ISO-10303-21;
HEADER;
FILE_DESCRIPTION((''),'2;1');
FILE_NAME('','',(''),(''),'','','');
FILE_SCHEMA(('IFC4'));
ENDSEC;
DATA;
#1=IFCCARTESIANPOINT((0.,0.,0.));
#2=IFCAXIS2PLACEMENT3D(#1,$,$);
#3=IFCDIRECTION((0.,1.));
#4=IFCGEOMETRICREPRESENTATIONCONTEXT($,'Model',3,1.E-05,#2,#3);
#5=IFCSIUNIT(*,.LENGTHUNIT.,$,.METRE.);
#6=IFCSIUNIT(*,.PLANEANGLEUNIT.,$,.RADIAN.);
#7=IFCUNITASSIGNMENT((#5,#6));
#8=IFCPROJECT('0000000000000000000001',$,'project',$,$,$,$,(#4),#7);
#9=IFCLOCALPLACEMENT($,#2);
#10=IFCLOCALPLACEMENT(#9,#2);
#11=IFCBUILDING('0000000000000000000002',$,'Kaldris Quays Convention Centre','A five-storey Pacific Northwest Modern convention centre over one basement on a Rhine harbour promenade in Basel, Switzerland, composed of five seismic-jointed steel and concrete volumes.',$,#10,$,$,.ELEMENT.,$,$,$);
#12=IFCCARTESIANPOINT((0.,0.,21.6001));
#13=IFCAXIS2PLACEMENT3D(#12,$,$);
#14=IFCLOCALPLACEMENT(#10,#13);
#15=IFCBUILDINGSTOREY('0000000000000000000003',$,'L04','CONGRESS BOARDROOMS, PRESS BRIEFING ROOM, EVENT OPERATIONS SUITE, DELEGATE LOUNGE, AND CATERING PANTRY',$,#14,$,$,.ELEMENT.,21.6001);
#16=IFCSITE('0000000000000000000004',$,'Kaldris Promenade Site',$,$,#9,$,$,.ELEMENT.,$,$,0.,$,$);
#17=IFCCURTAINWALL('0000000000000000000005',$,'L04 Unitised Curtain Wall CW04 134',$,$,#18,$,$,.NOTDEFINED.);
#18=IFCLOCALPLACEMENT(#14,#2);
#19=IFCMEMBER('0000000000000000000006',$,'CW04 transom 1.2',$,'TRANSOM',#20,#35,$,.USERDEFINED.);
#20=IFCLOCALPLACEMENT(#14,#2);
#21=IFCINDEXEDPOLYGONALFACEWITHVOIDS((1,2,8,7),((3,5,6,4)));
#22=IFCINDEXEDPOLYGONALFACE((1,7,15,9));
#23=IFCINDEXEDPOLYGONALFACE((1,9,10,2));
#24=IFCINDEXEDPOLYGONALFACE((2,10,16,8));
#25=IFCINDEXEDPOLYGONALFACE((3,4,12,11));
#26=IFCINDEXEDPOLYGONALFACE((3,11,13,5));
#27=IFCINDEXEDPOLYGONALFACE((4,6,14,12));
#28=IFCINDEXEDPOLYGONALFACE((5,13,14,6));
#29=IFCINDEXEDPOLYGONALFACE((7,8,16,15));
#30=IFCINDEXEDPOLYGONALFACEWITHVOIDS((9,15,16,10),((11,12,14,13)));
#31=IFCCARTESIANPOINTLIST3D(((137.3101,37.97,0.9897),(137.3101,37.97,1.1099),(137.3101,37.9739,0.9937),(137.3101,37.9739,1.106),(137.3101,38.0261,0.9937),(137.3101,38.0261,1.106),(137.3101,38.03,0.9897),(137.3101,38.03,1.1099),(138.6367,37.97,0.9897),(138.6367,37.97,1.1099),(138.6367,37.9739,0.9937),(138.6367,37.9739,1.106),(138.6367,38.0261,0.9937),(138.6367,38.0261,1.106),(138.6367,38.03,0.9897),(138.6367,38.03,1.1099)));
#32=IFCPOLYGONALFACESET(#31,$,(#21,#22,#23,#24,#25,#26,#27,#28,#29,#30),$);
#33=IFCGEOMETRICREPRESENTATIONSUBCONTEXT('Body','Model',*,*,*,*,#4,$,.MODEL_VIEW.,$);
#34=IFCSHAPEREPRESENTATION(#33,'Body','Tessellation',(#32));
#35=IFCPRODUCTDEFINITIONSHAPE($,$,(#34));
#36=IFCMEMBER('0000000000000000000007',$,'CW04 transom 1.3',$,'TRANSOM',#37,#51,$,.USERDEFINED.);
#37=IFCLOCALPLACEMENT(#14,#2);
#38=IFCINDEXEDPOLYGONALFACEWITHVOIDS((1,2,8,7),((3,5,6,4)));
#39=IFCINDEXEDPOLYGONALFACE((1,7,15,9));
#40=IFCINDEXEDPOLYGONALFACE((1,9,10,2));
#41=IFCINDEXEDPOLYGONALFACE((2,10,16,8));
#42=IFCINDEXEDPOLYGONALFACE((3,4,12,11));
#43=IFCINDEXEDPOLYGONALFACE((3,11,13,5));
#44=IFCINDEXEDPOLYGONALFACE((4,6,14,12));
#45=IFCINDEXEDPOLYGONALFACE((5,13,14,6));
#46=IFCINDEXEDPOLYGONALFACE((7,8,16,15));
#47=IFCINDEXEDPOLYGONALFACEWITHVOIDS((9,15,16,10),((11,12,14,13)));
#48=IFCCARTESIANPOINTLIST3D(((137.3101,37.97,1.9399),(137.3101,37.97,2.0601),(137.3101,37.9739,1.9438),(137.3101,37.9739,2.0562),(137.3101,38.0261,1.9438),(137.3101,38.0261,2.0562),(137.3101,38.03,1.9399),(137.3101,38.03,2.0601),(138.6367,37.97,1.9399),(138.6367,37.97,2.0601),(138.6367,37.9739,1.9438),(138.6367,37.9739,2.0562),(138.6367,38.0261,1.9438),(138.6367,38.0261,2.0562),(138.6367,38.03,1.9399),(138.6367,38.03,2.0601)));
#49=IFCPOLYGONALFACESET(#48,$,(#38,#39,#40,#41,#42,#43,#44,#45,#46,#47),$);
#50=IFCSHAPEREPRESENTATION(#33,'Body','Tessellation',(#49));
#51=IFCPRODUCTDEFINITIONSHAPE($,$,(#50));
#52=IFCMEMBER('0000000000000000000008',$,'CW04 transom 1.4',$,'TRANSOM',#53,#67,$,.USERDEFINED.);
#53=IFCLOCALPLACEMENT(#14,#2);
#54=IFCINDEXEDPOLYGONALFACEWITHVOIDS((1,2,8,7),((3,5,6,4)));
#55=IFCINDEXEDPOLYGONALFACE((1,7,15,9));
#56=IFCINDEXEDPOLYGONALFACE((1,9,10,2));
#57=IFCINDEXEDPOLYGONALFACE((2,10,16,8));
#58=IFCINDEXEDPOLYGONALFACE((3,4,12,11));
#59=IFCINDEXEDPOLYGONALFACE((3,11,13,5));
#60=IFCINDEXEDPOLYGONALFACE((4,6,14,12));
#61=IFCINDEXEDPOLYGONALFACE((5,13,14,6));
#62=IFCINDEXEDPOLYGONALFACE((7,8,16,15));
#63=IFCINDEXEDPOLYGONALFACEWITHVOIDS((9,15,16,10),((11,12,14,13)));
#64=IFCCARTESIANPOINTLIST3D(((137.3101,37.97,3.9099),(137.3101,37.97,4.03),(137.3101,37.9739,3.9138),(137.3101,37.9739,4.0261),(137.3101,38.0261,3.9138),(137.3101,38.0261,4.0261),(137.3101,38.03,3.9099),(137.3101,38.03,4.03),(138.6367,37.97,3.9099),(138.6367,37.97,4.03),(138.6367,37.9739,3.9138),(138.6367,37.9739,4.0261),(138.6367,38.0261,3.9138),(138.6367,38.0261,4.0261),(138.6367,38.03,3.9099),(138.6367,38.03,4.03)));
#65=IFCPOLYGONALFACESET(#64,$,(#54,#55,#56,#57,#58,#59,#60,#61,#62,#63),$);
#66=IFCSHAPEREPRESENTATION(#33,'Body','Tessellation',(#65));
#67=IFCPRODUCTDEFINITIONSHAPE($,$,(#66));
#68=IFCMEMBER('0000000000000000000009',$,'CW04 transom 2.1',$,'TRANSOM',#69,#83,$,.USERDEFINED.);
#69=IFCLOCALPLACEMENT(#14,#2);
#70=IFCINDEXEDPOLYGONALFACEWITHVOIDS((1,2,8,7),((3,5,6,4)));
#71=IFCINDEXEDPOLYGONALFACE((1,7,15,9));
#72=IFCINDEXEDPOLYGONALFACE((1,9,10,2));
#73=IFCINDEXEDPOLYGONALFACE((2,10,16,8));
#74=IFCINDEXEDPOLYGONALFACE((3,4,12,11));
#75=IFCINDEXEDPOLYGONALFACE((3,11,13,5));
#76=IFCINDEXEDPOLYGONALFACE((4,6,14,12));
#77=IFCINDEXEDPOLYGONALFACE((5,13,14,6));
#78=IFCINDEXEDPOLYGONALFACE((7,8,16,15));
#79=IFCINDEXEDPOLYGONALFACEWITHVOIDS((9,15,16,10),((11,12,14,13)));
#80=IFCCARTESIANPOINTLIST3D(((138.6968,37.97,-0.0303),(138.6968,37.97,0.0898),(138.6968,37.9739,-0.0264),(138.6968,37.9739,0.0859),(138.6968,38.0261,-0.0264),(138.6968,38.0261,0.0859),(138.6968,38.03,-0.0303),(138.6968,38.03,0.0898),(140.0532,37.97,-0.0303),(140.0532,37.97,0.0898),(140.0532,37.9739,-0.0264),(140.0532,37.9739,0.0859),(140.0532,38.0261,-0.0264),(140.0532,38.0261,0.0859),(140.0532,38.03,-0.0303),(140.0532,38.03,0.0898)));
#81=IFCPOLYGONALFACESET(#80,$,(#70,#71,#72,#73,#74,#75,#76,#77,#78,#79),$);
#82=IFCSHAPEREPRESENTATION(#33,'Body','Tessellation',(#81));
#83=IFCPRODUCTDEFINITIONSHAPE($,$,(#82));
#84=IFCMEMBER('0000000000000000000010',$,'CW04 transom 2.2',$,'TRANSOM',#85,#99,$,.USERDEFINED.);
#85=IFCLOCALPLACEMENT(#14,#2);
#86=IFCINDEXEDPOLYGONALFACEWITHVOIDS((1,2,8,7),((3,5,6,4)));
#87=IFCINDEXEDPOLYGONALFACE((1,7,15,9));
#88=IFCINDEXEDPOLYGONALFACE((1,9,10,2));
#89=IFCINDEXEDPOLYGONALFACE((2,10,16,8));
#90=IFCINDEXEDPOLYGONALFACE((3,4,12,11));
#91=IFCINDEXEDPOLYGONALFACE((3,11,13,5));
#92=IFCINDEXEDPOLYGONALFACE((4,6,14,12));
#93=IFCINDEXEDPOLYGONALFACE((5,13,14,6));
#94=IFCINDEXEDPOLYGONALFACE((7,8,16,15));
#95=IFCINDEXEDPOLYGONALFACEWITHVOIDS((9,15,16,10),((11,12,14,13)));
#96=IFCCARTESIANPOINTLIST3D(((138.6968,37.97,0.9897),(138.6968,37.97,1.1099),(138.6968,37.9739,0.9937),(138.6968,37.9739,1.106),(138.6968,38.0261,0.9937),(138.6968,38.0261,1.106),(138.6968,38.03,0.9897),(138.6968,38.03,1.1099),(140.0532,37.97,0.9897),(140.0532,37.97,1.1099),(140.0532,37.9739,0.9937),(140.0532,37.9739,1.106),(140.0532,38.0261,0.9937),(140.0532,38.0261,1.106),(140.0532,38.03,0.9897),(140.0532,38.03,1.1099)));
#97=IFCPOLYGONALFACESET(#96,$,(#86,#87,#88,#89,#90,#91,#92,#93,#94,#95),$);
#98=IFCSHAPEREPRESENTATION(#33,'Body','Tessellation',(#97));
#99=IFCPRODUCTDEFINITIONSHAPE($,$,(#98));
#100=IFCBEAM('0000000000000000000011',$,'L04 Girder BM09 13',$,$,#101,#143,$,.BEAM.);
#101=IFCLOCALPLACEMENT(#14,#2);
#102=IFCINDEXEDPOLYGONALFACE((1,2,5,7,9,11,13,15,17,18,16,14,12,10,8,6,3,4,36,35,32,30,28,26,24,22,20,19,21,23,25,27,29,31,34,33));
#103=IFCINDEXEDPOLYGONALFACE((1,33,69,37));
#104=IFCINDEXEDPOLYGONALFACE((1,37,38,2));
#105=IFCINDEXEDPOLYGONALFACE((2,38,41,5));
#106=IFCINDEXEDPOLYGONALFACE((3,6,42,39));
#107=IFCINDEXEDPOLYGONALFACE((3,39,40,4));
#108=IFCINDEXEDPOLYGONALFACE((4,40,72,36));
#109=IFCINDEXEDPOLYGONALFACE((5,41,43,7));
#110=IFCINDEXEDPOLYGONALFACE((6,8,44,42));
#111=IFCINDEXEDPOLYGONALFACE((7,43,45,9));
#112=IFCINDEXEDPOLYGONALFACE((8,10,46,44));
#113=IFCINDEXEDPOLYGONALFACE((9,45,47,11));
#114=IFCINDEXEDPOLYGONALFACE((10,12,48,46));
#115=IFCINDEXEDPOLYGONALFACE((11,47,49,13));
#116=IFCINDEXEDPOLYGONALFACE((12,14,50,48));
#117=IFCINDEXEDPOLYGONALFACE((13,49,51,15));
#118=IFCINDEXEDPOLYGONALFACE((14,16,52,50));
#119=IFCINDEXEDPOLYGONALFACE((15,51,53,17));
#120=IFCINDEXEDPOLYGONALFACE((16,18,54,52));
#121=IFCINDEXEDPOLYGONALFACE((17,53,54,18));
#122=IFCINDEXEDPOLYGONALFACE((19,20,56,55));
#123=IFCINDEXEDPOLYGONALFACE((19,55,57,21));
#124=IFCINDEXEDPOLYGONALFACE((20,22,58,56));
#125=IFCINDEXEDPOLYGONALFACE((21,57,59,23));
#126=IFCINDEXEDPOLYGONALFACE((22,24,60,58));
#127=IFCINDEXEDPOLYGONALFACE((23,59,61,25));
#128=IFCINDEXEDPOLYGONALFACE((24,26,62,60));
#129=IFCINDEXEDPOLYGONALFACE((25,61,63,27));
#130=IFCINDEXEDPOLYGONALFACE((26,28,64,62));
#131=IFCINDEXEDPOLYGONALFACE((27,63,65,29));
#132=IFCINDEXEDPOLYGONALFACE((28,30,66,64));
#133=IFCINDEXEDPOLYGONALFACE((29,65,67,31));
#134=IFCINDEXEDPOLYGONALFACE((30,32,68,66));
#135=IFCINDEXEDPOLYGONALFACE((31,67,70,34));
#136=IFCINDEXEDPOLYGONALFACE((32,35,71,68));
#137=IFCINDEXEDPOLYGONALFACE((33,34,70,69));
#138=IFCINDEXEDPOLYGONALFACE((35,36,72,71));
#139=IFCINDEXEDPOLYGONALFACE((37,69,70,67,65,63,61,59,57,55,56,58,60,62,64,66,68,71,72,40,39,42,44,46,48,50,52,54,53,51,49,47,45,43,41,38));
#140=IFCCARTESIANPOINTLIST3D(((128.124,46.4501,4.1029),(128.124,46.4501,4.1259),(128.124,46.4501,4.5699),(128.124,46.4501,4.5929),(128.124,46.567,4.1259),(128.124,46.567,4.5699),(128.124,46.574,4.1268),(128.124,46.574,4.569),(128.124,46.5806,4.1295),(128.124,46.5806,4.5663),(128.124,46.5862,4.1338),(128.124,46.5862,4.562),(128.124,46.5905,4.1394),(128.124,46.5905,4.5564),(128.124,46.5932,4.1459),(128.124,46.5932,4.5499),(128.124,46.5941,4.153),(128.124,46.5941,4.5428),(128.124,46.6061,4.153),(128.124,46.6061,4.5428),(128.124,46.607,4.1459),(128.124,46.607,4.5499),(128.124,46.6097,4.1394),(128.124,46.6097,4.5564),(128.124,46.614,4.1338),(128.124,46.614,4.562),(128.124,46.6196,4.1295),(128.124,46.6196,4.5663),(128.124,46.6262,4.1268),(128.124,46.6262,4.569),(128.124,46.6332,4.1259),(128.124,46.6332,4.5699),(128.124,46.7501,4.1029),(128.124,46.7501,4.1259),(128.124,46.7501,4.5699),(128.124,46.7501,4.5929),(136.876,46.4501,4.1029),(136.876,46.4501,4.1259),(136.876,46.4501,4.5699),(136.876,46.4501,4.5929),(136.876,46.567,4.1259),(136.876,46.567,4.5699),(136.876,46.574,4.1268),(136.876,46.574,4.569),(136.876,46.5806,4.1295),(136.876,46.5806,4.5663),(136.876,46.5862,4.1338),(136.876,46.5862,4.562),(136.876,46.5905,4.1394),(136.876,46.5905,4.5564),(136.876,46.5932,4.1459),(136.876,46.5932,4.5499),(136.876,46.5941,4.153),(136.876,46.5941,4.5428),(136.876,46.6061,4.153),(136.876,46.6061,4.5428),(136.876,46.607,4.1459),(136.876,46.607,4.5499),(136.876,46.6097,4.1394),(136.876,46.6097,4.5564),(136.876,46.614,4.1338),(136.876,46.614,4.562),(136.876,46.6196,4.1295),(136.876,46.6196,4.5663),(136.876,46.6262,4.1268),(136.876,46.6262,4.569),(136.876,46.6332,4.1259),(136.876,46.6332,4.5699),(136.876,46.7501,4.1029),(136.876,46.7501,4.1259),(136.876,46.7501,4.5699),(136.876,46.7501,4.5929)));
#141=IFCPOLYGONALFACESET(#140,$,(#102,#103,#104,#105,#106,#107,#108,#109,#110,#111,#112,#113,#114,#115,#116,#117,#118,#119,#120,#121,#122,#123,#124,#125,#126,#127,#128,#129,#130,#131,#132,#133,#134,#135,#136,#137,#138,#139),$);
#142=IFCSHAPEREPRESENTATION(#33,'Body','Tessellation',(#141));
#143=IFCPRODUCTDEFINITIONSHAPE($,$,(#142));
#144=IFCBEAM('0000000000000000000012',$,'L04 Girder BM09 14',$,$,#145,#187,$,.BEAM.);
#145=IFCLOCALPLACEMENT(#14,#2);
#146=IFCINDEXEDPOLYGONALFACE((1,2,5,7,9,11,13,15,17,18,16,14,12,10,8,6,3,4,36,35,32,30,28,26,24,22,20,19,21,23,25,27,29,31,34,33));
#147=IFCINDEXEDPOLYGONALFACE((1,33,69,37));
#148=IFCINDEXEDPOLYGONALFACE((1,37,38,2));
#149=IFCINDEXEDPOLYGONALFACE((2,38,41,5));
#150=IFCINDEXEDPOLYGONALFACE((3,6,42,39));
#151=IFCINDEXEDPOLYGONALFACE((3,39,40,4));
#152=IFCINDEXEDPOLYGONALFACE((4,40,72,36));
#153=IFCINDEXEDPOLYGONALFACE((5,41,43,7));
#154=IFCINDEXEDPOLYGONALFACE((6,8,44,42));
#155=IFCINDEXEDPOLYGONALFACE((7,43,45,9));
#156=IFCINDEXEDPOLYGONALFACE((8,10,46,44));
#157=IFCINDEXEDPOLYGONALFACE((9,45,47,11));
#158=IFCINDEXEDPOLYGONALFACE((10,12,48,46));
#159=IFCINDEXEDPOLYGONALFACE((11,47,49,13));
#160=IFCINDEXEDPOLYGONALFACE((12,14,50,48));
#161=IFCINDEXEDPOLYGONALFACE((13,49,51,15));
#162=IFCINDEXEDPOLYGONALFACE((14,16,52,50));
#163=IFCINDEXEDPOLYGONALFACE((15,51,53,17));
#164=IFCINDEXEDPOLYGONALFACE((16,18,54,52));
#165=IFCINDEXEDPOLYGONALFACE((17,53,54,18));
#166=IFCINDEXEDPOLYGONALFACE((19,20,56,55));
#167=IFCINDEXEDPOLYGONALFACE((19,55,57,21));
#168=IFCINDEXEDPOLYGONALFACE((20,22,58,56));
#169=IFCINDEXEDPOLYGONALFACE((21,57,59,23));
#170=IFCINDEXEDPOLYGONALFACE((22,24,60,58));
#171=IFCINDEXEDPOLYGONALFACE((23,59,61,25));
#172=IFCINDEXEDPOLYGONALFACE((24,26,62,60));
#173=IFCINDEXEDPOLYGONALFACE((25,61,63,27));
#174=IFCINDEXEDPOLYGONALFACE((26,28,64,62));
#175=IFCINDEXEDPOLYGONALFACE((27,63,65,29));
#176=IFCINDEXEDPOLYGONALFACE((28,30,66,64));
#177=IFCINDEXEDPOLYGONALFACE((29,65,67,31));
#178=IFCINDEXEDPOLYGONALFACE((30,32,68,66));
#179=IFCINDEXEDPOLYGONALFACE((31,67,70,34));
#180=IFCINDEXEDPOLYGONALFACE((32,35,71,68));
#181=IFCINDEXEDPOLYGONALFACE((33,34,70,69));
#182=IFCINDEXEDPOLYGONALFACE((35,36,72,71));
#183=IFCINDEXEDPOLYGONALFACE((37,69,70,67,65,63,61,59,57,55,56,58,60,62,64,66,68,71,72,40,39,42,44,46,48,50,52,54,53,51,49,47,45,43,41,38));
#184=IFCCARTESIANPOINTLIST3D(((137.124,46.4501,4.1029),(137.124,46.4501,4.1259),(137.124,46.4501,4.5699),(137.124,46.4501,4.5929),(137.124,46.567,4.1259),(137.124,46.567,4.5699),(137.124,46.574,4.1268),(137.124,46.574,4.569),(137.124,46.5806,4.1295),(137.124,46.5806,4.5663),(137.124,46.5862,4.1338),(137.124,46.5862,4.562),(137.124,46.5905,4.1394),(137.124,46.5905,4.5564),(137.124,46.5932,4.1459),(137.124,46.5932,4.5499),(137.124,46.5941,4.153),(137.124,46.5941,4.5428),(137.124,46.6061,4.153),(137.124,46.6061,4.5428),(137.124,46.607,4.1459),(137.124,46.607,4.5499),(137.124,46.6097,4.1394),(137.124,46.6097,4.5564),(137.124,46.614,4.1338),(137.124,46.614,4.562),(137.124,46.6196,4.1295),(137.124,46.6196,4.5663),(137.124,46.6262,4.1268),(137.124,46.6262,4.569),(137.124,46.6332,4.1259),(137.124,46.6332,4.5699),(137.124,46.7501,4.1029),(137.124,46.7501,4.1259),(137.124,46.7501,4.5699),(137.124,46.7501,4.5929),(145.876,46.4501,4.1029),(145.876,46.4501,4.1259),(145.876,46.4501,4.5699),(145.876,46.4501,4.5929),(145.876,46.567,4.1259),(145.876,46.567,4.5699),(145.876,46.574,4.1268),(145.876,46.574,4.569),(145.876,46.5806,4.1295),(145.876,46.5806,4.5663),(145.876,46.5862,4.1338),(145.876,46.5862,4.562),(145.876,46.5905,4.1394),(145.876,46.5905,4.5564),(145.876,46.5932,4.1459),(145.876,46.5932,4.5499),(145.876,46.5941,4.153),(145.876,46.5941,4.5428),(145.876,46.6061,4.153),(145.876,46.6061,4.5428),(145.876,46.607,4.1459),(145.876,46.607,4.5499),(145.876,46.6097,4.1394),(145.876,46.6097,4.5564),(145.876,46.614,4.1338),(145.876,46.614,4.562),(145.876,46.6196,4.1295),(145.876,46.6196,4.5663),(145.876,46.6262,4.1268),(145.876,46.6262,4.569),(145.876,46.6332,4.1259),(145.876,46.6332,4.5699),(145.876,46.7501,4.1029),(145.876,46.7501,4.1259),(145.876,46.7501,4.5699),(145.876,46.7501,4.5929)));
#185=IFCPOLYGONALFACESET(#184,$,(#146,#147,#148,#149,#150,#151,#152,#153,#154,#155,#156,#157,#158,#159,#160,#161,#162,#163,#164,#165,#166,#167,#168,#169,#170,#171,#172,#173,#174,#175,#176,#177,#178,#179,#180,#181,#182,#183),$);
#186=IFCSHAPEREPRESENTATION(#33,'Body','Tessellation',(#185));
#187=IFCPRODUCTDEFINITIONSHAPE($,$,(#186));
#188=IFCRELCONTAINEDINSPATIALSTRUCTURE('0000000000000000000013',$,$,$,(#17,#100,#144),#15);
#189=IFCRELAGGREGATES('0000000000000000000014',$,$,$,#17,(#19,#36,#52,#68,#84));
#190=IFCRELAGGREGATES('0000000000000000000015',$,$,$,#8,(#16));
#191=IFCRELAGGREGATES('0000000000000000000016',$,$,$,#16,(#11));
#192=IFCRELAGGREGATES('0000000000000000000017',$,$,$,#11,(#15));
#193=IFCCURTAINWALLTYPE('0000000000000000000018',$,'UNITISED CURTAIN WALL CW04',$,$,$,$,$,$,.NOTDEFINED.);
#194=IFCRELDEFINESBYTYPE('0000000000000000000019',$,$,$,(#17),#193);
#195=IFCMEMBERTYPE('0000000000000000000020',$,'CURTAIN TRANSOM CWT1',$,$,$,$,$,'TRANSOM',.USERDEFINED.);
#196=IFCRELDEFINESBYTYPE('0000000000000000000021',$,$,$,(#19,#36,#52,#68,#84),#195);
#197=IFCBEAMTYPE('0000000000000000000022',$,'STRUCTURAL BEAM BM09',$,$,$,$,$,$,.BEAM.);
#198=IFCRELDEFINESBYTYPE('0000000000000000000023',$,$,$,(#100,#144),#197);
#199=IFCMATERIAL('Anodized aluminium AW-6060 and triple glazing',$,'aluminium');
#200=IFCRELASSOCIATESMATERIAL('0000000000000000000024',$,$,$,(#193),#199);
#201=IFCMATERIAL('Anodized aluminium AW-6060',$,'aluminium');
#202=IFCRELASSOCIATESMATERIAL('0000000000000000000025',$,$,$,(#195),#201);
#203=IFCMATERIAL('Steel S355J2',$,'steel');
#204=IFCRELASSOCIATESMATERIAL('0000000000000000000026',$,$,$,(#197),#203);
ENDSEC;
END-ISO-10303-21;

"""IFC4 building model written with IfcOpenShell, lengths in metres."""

from ifc_helpers import new_model, si_unit, direction, frame, origin, origin_2d, place, context, subcontext, project, spatial, hollow_rectangle, i_section, extrude, material, material_profile, profile_set, type_object, element, aggregate, save


model = new_model("IFC4")

# Units and contexts
model_context = context("Model", 3, precision=1e-05, world=origin(), true_north=direction((0.0, 1.0)))
body_context = subcontext(model_context, "Body", "Model", "MODEL_VIEW")
ifc_project = project(units=[si_unit("LENGTHUNIT", "METRE"), si_unit("PLANEANGLEUNIT", "RADIAN")], contexts=[model_context])

# Site, building, storey
site_placement = place(None, origin())
site = spatial("IfcSite", under=ifc_project, at=site_placement, Name="Kaldris Promenade Site", CompositionType="ELEMENT", RefElevation=0.0)
building_placement = place(site_placement, origin())
building = spatial("IfcBuilding", under=site, at=building_placement, Name="Kaldris Quays Convention Centre", Description="A five-storey Pacific Northwest Modern convention centre over one basement on a Rhine harbour promenade in Basel, Switzerland, composed of five seismic-jointed steel and concrete volumes.", CompositionType="ELEMENT")
storey_placement = place(building_placement, frame((0.0, 0.0, 21.6001)))
storey = spatial("IfcBuildingStorey", under=building, at=storey_placement, Name="L04", Description="CONGRESS BOARDROOMS, PRESS BRIEFING ROOM, EVENT OPERATIONS SUITE, DELEGATE LOUNGE, AND CATERING PANTRY", CompositionType="ELEMENT", Elevation=21.6001)

# Shared definitions
ifc_material_1 = material(Name="Steel S355J2", Category="steel")

# Curtain wall, members
ifc_material_2 = material(Name="Anodized aluminium AW-6060 and triple glazing", Category="aluminium")
curtain_wall_type = type_object("IfcCurtainWallType", Name="UNITISED CURTAIN WALL CW04", PredefinedType="NOTDEFINED", material=ifc_material_2)
curtain_wall_placement = place(storey_placement, origin())
curtain_wall = element("IfcCurtainWall", 1, at=curtain_wall_placement, inside=storey, type_object=curtain_wall_type, Name="L04 Unitised Curtain Wall CW04 134", PredefinedType="NOTDEFINED")
ifc_material_3 = material(Name="Anodized aluminium AW-6060", Category="aluminium")
ifc_material_profile_1 = material_profile(ifc_material_3, hollow_rectangle(XDim=0.0601, YDim=0.1201, WallThickness=0.0039, at=origin_2d()), Name="RHS 120x60x4")
ifc_profile_set_1 = profile_set([ifc_material_profile_1], Name="Anodized aluminium AW-6060")
member_type_1 = type_object("IfcMemberType", Name="CURTAIN TRANSOM CWT1", ElementType="TRANSOM", PredefinedType="USERDEFINED", material=ifc_profile_set_1)
member_1_placement = place(storey_placement, frame((137.3101, 38.0, 1.0498), z_axis=(1.0, 0.0, 0.0), x_axis=(0.0, 1.0, 0.0)))
member_1 = element("IfcMember", 2, at=member_1_placement, type_object=member_type_1, Name="CW04 transom 1.2", ObjectType="TRANSOM", PredefinedType="USERDEFINED", context=body_context, shape_type="SweptSolid", body=[
    extrude(hollow_rectangle(XDim=0.0601, YDim=0.1201, WallThickness=0.0039, at=origin_2d()), origin(), (0.0, 0.0, 1.0), 1.3267),
])
member_2_placement = place(storey_placement, frame((137.3101, 38.0, 2.0), z_axis=(1.0, 0.0, 0.0), x_axis=(0.0, 1.0, 0.0)))
member_2 = element("IfcMember", 3, at=member_2_placement, type_object=member_type_1, Name="CW04 transom 1.3", ObjectType="TRANSOM", PredefinedType="USERDEFINED", context=body_context, shape_type="SweptSolid", body=[
    extrude(hollow_rectangle(XDim=0.0601, YDim=0.1201, WallThickness=0.0039, at=origin_2d()), origin(), (0.0, 0.0, 1.0), 1.3267),
])
member_3_placement = place(storey_placement, frame((137.3101, 38.0, 3.97), z_axis=(1.0, 0.0, 0.0), x_axis=(0.0, 1.0, 0.0)))
member_3 = element("IfcMember", 4, at=member_3_placement, type_object=member_type_1, Name="CW04 transom 1.4", ObjectType="TRANSOM", PredefinedType="USERDEFINED", context=body_context, shape_type="SweptSolid", body=[
    extrude(hollow_rectangle(XDim=0.0601, YDim=0.1201, WallThickness=0.0039, at=origin_2d()), origin(), (0.0, 0.0, 1.0), 1.3267),
])
member_4_placement = place(storey_placement, frame((138.6968, 38.0, 0.0298), z_axis=(1.0, 0.0, 0.0), x_axis=(0.0, 1.0, 0.0)))
member_4 = element("IfcMember", 5, at=member_4_placement, type_object=member_type_1, Name="CW04 transom 2.1", ObjectType="TRANSOM", PredefinedType="USERDEFINED", context=body_context, shape_type="SweptSolid", body=[
    extrude(hollow_rectangle(XDim=0.0601, YDim=0.1201, WallThickness=0.0039, at=origin_2d()), origin(), (0.0, 0.0, 1.0), 1.3564),
])
member_5_placement = place(storey_placement, frame((138.6968, 38.0, 1.0498), z_axis=(1.0, 0.0, 0.0), x_axis=(0.0, 1.0, 0.0)))
member_5 = element("IfcMember", 6, at=member_5_placement, type_object=member_type_1, Name="CW04 transom 2.2", ObjectType="TRANSOM", PredefinedType="USERDEFINED", context=body_context, shape_type="SweptSolid", body=[
    extrude(hollow_rectangle(XDim=0.0601, YDim=0.1201, WallThickness=0.0039, at=origin_2d()), origin(), (0.0, 0.0, 1.0), 1.3564),
])

# Beams
ifc_material_profile_2 = material_profile(ifc_material_1, i_section(OverallWidth=0.3, OverallDepth=0.49, WebThickness=0.012, FlangeThickness=0.0229, FilletRadius=0.0271, at=origin_2d()), Name="HEA 500")
ifc_profile_set_2 = profile_set([ifc_material_profile_2], Name="Steel S355J2")
beam_type_1 = type_object("IfcBeamType", Name="STRUCTURAL BEAM BM09", PredefinedType="BEAM", material=ifc_profile_set_2)
for number, where, z_axis, x_axis, name in (
    (7, (128.124, 46.6001, 4.3479), (1.0, 0.0, 0.0), (0.0, 1.0, 0.0), "L04 Girder BM09 13"),
    (8, (137.124, 46.6001, 4.3479), (1.0, 0.0, 0.0), (0.0, 1.0, 0.0), "L04 Girder BM09 14"),
):
    element("IfcBeam", number, at=place(storey_placement, frame(where, z_axis=z_axis, x_axis=x_axis)), inside=storey, type_object=beam_type_1, Name=name, PredefinedType="BEAM", context=body_context, shape_type="SweptSolid", body=[
        extrude(i_section(OverallWidth=0.3, OverallDepth=0.49, WebThickness=0.012, FlangeThickness=0.0229, FilletRadius=0.0271, at=origin_2d()), origin(), (0.0, 0.0, 1.0), 8.752),
    ])

aggregate(curtain_wall, [member_1, member_2, member_3, member_4, member_5])

save(model, "model.ifc")
